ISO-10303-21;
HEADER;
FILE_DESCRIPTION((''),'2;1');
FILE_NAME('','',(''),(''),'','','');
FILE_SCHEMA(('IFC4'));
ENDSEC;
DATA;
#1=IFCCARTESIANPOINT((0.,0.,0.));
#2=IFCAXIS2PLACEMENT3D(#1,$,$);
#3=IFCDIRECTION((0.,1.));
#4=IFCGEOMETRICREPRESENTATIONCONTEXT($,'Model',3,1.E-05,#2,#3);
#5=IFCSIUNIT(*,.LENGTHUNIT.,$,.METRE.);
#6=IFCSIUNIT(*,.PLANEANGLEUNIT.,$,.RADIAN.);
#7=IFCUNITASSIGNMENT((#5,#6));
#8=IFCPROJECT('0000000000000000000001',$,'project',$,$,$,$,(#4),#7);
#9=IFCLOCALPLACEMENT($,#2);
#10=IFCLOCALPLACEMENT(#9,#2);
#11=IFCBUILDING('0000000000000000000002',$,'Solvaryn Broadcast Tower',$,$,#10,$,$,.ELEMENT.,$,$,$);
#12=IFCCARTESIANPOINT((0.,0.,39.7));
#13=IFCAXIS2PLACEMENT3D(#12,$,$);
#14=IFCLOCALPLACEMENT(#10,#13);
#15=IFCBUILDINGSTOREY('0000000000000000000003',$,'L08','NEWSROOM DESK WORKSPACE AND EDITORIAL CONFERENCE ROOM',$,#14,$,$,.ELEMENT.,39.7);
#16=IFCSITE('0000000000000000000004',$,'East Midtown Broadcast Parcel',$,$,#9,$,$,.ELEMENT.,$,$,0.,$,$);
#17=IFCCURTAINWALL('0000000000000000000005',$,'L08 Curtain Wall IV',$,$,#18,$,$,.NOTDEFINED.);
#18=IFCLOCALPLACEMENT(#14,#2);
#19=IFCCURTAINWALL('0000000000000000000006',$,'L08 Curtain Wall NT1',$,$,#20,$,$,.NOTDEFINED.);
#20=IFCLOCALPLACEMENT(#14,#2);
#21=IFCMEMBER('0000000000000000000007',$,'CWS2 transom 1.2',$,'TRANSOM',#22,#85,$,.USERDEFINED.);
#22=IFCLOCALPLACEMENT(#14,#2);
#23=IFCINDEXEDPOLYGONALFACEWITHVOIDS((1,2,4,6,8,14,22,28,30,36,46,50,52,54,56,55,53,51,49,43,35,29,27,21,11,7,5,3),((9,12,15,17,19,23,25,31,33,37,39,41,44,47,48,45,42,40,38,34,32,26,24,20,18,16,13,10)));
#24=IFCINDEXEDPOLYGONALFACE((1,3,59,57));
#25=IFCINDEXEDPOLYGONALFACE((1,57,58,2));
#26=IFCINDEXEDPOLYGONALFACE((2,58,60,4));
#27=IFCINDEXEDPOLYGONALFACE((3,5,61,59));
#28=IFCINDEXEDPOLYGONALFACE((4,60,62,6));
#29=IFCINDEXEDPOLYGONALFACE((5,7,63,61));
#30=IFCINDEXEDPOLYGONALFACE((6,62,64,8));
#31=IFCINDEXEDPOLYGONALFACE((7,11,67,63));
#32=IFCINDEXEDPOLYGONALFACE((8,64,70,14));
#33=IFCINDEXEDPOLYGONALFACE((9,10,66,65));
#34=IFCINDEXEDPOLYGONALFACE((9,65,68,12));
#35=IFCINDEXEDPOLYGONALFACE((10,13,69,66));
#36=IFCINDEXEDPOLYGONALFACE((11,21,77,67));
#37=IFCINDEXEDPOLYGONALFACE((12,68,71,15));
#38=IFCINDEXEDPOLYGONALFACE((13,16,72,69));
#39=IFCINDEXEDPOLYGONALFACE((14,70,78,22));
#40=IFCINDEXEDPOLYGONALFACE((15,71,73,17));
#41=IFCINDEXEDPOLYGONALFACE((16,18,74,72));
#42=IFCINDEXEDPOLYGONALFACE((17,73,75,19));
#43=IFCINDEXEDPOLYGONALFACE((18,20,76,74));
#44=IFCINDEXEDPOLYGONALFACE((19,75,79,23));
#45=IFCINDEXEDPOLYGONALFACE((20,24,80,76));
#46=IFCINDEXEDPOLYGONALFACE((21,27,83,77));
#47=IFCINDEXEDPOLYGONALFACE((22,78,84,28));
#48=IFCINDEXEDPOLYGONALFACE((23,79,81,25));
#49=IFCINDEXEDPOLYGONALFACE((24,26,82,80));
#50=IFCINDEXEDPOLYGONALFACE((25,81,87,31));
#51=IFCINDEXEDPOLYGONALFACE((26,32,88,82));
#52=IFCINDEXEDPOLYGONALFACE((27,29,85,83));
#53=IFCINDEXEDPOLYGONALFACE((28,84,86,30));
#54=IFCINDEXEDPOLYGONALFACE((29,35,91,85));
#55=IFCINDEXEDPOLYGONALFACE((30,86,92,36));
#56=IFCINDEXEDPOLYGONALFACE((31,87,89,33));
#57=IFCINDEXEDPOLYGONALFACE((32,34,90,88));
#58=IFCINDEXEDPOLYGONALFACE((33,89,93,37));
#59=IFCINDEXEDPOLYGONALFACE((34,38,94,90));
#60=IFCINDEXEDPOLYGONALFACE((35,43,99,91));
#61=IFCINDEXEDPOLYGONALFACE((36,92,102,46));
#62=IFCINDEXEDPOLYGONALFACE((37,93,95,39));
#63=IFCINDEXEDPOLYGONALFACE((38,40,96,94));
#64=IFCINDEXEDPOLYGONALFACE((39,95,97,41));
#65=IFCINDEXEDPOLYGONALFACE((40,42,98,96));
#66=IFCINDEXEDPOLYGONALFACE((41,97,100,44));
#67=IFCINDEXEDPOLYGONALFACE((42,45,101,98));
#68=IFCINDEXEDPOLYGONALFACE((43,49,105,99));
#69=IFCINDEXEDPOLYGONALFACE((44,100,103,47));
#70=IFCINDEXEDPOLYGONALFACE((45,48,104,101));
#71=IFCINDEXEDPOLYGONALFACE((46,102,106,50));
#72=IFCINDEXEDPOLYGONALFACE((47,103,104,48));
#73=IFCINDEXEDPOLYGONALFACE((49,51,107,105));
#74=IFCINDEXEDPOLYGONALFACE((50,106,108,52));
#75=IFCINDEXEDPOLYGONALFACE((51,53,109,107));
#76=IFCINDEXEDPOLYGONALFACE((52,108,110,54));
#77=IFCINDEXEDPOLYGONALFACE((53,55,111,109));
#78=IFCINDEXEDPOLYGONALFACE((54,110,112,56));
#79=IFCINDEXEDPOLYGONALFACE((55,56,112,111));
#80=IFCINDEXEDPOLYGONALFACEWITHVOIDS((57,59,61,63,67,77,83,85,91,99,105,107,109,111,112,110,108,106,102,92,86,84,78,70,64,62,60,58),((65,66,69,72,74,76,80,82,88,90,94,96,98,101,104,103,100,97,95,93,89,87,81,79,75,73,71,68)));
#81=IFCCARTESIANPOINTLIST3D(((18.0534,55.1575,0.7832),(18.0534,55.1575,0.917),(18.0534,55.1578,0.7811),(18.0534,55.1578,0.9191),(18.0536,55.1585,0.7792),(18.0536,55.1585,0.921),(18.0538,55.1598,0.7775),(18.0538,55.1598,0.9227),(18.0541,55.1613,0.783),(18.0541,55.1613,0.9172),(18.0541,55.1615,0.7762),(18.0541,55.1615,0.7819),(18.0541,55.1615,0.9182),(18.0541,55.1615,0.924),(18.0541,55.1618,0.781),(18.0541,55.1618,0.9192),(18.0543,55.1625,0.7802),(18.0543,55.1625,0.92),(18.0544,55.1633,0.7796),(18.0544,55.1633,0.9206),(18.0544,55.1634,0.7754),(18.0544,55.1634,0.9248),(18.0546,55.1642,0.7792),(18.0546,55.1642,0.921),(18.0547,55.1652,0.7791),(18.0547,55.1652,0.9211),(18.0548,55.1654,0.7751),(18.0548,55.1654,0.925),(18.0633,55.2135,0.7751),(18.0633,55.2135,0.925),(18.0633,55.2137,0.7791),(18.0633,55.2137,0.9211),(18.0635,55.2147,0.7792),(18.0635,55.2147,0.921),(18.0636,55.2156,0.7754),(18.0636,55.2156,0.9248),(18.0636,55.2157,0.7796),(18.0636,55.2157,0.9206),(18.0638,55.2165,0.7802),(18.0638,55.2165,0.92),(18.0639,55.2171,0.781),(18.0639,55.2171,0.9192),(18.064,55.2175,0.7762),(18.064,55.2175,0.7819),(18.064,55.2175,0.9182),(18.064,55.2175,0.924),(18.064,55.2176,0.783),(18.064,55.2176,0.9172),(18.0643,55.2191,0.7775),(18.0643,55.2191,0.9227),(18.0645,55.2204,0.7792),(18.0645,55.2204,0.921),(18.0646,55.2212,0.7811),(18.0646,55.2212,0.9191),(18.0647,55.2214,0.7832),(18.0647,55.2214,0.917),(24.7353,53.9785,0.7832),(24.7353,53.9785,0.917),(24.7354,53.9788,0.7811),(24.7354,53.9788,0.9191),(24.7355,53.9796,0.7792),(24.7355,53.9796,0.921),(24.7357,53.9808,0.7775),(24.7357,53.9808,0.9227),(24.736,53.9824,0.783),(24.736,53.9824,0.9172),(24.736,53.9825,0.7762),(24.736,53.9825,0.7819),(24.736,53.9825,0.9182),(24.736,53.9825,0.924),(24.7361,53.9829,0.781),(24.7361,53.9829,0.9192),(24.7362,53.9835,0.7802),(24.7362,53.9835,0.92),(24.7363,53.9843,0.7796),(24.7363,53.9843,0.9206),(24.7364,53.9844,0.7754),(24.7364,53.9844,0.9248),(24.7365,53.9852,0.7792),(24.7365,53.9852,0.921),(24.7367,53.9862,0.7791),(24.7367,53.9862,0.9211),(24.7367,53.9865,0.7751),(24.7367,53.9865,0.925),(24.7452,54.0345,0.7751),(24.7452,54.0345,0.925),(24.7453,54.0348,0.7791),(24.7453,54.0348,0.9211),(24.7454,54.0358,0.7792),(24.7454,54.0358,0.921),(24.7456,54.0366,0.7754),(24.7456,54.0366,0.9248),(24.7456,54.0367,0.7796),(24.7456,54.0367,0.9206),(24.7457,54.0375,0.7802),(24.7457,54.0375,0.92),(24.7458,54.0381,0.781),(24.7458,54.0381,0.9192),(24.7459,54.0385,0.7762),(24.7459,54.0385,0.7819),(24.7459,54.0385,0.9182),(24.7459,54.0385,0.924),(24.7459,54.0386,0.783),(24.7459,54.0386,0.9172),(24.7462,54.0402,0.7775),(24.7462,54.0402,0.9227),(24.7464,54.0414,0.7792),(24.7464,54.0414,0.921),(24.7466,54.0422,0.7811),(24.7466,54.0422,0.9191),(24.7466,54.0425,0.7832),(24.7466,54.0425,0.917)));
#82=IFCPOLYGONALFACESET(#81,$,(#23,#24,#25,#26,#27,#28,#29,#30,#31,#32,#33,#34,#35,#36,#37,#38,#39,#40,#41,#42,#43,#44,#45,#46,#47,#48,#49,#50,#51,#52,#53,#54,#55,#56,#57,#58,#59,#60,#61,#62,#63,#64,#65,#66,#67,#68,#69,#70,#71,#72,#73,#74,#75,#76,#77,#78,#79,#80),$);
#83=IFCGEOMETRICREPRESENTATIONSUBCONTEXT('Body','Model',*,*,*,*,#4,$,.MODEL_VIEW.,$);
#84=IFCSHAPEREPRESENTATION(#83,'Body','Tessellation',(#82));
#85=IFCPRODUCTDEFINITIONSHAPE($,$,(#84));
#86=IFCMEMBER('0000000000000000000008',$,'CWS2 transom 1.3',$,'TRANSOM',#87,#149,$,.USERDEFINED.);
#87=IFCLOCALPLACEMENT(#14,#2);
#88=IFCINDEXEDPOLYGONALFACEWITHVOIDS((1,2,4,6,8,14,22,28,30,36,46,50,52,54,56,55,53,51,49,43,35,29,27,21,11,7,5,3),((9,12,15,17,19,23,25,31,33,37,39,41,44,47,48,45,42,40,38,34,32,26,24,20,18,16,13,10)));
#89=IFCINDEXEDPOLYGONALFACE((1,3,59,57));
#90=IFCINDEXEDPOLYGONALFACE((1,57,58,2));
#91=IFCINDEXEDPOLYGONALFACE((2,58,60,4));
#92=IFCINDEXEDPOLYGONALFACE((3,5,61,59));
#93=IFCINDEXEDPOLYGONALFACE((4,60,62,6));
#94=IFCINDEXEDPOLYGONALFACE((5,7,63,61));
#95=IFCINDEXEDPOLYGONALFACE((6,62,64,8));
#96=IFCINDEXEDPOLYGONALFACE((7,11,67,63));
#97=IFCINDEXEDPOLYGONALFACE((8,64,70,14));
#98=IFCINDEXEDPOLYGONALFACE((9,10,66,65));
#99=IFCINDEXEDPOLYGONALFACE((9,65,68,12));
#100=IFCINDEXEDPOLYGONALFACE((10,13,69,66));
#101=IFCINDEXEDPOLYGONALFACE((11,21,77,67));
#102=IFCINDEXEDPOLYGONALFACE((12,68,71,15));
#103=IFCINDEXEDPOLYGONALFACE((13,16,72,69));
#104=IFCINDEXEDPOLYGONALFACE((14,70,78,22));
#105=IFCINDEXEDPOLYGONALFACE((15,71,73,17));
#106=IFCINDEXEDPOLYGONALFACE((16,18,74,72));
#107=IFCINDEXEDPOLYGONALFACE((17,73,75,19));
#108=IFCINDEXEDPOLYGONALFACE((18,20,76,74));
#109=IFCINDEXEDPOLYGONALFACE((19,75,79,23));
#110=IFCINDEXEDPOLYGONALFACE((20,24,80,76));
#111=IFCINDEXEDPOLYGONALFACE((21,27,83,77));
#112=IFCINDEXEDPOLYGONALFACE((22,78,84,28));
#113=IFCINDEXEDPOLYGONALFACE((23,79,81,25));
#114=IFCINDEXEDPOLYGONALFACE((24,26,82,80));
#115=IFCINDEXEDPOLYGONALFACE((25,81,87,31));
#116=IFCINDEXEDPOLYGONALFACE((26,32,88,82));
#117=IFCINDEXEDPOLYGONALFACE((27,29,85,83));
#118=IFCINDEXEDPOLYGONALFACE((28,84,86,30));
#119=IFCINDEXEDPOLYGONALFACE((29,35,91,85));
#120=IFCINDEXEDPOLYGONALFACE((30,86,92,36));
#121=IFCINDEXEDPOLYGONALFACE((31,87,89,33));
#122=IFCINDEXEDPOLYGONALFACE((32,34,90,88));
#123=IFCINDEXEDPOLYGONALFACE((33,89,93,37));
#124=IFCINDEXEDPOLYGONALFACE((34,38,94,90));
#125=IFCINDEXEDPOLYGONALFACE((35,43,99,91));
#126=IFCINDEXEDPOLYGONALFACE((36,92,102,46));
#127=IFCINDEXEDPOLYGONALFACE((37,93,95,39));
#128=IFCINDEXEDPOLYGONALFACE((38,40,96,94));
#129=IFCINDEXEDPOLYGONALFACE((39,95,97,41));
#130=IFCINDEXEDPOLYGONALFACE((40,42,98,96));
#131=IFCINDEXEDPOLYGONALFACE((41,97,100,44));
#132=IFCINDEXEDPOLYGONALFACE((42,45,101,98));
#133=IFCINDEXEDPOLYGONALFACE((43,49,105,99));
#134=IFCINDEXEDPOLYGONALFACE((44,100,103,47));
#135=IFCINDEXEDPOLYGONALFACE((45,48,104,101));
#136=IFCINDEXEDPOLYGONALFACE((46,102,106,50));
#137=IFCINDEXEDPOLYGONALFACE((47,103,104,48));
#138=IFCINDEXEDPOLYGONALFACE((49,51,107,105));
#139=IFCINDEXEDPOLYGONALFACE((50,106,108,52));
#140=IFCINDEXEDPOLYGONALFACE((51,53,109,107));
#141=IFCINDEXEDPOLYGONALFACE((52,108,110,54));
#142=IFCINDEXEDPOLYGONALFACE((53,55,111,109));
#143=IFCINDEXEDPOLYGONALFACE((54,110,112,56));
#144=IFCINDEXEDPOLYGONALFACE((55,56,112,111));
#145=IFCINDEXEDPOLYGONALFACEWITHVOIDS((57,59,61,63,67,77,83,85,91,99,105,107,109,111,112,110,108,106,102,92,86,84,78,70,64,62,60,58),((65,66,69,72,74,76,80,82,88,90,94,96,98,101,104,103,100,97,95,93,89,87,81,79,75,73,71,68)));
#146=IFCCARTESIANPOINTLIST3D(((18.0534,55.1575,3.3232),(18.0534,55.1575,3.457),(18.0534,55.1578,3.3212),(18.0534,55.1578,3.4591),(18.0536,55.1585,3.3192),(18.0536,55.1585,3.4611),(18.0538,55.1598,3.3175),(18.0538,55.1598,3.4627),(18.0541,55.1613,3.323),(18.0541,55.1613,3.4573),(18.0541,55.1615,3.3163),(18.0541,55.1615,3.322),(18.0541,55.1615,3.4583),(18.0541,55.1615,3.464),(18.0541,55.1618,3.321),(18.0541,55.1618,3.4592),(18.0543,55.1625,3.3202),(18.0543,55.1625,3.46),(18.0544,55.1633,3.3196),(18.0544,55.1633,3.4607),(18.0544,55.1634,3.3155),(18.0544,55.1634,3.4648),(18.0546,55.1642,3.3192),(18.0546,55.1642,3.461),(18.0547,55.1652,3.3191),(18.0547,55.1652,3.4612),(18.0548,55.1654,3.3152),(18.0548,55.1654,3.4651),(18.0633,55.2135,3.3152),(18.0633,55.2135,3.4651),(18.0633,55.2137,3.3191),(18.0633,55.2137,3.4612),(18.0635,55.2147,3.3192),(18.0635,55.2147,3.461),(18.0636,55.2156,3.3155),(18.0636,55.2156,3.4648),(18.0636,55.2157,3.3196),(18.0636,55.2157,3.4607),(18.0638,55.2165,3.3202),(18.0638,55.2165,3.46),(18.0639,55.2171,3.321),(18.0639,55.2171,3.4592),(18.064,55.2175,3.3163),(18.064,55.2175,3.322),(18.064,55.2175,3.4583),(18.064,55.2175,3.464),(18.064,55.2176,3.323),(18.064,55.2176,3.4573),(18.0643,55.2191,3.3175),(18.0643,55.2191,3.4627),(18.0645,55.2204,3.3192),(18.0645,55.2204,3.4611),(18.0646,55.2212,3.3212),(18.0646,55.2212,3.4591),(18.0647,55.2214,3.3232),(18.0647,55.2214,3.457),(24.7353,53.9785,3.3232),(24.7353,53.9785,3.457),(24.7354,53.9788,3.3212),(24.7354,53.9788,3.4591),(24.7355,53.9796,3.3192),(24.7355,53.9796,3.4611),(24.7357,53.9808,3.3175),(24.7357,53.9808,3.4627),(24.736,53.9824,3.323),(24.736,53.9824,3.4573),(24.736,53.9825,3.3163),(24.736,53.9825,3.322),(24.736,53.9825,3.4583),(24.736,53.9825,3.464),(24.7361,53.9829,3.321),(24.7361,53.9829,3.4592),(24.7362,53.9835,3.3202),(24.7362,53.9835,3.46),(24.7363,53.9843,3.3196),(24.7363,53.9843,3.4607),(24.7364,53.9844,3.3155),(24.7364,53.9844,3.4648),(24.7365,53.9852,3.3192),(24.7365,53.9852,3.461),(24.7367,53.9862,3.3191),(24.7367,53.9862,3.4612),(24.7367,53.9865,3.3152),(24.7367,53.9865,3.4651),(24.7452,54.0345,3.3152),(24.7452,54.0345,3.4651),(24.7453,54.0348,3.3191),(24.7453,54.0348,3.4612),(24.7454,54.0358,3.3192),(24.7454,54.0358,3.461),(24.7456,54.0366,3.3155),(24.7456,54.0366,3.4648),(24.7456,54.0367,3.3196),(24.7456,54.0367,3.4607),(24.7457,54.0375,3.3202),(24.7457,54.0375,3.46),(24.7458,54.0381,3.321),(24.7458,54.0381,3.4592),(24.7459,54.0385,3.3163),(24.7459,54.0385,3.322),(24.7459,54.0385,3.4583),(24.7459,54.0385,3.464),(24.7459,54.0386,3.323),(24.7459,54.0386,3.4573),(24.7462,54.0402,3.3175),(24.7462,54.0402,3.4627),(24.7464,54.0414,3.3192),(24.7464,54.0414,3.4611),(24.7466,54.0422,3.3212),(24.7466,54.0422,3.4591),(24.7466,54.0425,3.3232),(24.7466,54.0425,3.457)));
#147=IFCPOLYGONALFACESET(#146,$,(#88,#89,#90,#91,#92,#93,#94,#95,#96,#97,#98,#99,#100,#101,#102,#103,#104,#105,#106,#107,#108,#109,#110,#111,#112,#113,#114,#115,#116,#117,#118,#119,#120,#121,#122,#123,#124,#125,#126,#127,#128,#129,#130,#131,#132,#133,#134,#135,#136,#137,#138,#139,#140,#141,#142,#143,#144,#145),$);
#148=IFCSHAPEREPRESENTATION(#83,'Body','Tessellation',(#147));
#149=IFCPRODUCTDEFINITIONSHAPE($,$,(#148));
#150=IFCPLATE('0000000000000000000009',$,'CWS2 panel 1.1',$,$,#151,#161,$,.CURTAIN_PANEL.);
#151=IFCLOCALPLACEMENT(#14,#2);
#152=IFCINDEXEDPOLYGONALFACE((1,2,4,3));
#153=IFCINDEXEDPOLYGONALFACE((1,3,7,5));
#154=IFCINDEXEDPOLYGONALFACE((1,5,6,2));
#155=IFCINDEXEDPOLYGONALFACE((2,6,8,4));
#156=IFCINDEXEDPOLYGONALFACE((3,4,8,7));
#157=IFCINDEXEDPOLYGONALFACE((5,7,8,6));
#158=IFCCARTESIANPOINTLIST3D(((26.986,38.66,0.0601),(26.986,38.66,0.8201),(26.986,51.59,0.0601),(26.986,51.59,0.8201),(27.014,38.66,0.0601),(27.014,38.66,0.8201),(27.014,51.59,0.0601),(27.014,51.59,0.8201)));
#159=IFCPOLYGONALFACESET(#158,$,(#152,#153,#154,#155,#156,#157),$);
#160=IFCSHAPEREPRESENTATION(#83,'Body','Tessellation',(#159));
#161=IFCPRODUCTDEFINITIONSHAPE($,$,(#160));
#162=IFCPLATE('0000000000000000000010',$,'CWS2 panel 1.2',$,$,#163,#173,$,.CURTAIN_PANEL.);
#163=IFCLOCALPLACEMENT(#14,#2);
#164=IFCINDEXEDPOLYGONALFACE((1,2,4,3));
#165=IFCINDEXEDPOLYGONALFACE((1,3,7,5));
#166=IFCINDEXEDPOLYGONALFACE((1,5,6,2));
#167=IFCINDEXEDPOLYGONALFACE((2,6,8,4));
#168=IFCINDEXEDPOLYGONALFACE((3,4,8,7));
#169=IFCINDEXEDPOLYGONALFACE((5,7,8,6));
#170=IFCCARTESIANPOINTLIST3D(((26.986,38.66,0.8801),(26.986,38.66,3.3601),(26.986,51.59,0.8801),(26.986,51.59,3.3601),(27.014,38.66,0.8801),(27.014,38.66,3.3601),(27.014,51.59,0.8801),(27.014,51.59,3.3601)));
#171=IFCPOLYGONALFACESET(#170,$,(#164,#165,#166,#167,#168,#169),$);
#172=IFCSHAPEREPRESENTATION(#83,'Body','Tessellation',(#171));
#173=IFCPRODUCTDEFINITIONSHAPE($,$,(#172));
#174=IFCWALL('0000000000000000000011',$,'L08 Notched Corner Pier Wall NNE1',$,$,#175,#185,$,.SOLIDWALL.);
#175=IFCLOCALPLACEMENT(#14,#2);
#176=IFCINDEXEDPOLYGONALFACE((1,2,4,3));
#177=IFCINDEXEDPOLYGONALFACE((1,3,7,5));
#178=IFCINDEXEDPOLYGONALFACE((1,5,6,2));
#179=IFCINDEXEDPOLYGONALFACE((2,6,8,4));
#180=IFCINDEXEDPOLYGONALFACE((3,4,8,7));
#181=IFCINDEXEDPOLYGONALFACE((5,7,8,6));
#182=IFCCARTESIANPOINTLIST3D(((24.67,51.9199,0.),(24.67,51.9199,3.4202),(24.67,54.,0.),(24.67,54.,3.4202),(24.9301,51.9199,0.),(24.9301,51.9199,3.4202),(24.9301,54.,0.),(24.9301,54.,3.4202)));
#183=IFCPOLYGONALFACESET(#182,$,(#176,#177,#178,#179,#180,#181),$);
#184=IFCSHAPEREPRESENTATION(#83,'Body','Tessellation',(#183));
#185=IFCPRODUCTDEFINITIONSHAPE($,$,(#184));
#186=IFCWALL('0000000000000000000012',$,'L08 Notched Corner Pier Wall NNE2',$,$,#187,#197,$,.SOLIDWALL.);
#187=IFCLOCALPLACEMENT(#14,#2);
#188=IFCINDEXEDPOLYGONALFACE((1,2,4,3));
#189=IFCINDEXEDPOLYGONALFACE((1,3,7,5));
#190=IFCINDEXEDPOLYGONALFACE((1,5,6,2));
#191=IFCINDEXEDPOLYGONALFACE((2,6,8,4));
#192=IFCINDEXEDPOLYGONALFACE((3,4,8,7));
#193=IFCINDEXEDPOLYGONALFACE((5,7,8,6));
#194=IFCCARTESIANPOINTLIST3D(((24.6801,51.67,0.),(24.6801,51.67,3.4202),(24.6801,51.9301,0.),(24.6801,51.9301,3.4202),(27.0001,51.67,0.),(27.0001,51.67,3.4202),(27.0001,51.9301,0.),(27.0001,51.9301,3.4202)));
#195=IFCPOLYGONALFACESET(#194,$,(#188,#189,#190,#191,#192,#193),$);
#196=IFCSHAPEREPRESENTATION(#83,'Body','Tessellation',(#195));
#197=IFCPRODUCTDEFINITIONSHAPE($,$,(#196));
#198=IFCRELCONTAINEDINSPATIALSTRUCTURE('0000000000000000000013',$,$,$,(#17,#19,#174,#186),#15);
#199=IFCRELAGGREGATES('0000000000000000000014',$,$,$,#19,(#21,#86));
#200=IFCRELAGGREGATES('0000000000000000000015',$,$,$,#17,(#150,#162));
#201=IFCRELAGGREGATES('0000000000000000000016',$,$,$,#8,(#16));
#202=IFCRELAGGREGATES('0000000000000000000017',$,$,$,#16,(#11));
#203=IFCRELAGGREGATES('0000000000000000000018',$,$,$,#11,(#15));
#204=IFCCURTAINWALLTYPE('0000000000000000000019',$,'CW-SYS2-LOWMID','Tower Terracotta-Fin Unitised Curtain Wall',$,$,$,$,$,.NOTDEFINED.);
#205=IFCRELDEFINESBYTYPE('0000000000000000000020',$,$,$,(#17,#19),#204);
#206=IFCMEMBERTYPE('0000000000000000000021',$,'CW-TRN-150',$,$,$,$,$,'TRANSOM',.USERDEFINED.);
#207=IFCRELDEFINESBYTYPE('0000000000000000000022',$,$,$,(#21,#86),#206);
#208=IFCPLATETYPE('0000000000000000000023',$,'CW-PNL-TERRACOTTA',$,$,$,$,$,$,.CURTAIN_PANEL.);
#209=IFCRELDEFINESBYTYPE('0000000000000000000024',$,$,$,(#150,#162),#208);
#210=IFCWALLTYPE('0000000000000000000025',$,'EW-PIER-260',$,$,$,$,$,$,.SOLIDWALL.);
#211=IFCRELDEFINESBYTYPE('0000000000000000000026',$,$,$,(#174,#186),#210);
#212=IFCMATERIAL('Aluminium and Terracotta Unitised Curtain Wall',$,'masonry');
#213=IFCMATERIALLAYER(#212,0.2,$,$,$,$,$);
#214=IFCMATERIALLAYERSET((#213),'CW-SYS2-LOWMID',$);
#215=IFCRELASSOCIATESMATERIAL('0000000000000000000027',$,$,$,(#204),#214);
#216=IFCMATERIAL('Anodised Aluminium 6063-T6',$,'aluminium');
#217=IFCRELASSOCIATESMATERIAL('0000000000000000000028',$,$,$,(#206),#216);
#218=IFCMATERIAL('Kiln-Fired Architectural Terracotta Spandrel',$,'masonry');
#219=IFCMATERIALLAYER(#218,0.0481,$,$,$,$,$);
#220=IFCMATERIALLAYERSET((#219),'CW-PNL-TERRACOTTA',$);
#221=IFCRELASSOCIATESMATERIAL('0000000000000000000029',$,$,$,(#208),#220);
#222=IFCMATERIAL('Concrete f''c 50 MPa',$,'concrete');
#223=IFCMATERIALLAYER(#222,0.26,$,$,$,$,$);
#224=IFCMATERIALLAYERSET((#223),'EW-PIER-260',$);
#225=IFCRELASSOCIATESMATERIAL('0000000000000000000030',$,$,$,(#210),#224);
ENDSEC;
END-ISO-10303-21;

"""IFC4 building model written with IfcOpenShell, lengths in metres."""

from ifc_helpers import new_model, si_unit, direction, frame, frame_2d, origin, origin_2d, place, context, subcontext, project, spatial, rectangle, hollow_rectangle, extrude, material, layer, layer_set, material_profile, profile_set, type_object, element, aggregate, save


model = new_model("IFC4")

# Units and contexts
model_context = context("Model", 3, precision=1e-05, world=origin(), true_north=direction((0.0, 1.0)))
body_context = subcontext(model_context, "Body", "Model", "MODEL_VIEW")
ifc_project = project(units=[si_unit("LENGTHUNIT", "METRE"), si_unit("PLANEANGLEUNIT", "RADIAN")], contexts=[model_context])

# Site, building, storey
site_placement = place(None, origin())
site = spatial("IfcSite", under=ifc_project, at=site_placement, Name="East Midtown Broadcast Parcel", CompositionType="ELEMENT", RefElevation=0.0)
building_placement = place(site_placement, origin())
building = spatial("IfcBuilding", under=site, at=building_placement, Name="Solvaryn Broadcast Tower", CompositionType="ELEMENT")
storey_placement = place(building_placement, frame((0.0, 0.0, 39.7)))
storey = spatial("IfcBuildingStorey", under=building, at=storey_placement, Name="L08", Description="NEWSROOM DESK WORKSPACE AND EDITORIAL CONFERENCE ROOM", CompositionType="ELEMENT", Elevation=39.7)

# Curtain wall
ifc_material_1 = material(Name="Aluminium and Terracotta Unitised Curtain Wall", Category="masonry")
ifc_layer_1 = layer(ifc_material_1, 0.2)
ifc_layer_set_1 = layer_set([ifc_layer_1], Name="CW-SYS2-LOWMID")
curtain_wall_type = type_object("IfcCurtainWallType", Name="CW-SYS2-LOWMID", Description="Tower Terracotta-Fin Unitised Curtain Wall", PredefinedType="NOTDEFINED", material=ifc_layer_set_1)
curtain_wall_1_placement = place(storey_placement, origin())
curtain_wall_1 = element("IfcCurtainWall", 1, at=curtain_wall_1_placement, inside=storey, type_object=curtain_wall_type, Name="L08 Curtain Wall IV", PredefinedType="NOTDEFINED")

# Curtain wall
curtain_wall_2_placement = place(storey_placement, origin())
curtain_wall_2 = element("IfcCurtainWall", 2, at=curtain_wall_2_placement, inside=storey, type_object=curtain_wall_type, Name="L08 Curtain Wall NT1", PredefinedType="NOTDEFINED")

# Members
ifc_material_2 = material(Name="Anodised Aluminium 6063-T6", Category="aluminium")
ifc_material_profile_1 = material_profile(ifc_material_2, hollow_rectangle(XDim=0.0649, YDim=0.1499, WallThickness=0.0039, InnerFilletRadius=0.0039, OuterFilletRadius=0.0081, at=origin_2d()))
ifc_profile_set_1 = profile_set([ifc_material_profile_1], Name="Anodised Aluminium 6063-T6")
member_type_1 = type_object("IfcMemberType", Name="CW-TRN-150", ElementType="TRANSOM", PredefinedType="USERDEFINED", material=ifc_profile_set_1)
member_1_placement = place(storey_placement, frame((24.741, 54.0105, 0.8501), z_axis=(-0.984789, 0.173757, 0.0), x_axis=(-0.173757, -0.984789, 0.0)))
member_1 = element("IfcMember", 3, at=member_1_placement, type_object=member_type_1, Name="CWS2 transom 1.2", ObjectType="TRANSOM", PredefinedType="USERDEFINED", context=body_context, shape_type="SweptSolid", body=[
    extrude(hollow_rectangle(XDim=0.0649, YDim=0.1499, WallThickness=0.0039, InnerFilletRadius=0.0039, OuterFilletRadius=0.0081, at=origin_2d()), origin(), (0.0, 0.0, 1.0), 6.7852),
])
member_2_placement = place(storey_placement, frame((24.741, 54.0105, 3.3901), z_axis=(-0.984789, 0.173757, 0.0), x_axis=(-0.173757, -0.984789, 0.0)))
member_2 = element("IfcMember", 4, at=member_2_placement, type_object=member_type_1, Name="CWS2 transom 1.3", ObjectType="TRANSOM", PredefinedType="USERDEFINED", context=body_context, shape_type="SweptSolid", body=[
    extrude(hollow_rectangle(XDim=0.0649, YDim=0.1499, WallThickness=0.0039, InnerFilletRadius=0.0039, OuterFilletRadius=0.0081, at=origin_2d()), origin(), (0.0, 0.0, 1.0), 6.7852),
])
aggregate(curtain_wall_2, [member_1, member_2])

# Plates
ifc_material_3 = material(Name="Kiln-Fired Architectural Terracotta Spandrel", Category="masonry")
ifc_layer_2 = layer(ifc_material_3, 0.0481)
ifc_layer_set_2 = layer_set([ifc_layer_2], Name="CW-PNL-TERRACOTTA")
plate_type = type_object("IfcPlateType", Name="CW-PNL-TERRACOTTA", PredefinedType="CURTAIN_PANEL", material=ifc_layer_set_2)
plate_1_placement = place(storey_placement, frame((27.0, 45.125, 0.0601), z_axis=(0.0, 0.0, 1.0), x_axis=(0.0, -1.0, 0.0)))
plate_1 = element("IfcPlate", 5, at=plate_1_placement, type_object=plate_type, Name="CWS2 panel 1.1", PredefinedType="CURTAIN_PANEL", context=body_context, shape_type="SweptSolid", body=[
    extrude(rectangle(XDim=12.9299, YDim=0.0281, at=origin_2d()), origin(), (0.0, 0.0, 1.0), 0.76),
])
plate_2_placement = place(storey_placement, frame((27.0, 45.125, 0.8801), z_axis=(0.0, 0.0, 1.0), x_axis=(0.0, -1.0, 0.0)))
plate_2 = element("IfcPlate", 6, at=plate_2_placement, type_object=plate_type, Name="CWS2 panel 1.2", PredefinedType="CURTAIN_PANEL", context=body_context, shape_type="SweptSolid", body=[
    extrude(rectangle(XDim=12.9299, YDim=0.0281, at=origin_2d()), origin(), (0.0, 0.0, 1.0), 2.48),
])
aggregate(curtain_wall_1, [plate_1, plate_2])

# Walls
ifc_material_4 = material(Name="Concrete f'c 50 MPa", Category="concrete")
ifc_layer_3 = layer(ifc_material_4, 0.26)
ifc_layer_set_3 = layer_set([ifc_layer_3], Name="EW-PIER-260")
wall_type_1 = type_object("IfcWallType", Name="EW-PIER-260", PredefinedType="SOLIDWALL", material=ifc_layer_set_3)
wall_1_placement = place(storey_placement, frame((24.8, 54.0, 0.0), z_axis=(0.0, 0.0, 1.0), x_axis=(0.0, -1.0, 0.0)))
element("IfcWall", 7, at=wall_1_placement, inside=storey, type_object=wall_type_1, Name="L08 Notched Corner Pier Wall NNE1", PredefinedType="SOLIDWALL", context=body_context, shape_type="SweptSolid", body=[
    extrude(rectangle(XDim=2.0801, YDim=0.26, at=frame_2d((1.04, 0.0))), origin(), (0.0, 0.0, 1.0), 3.4202),
])
wall_2_placement = place(storey_placement, frame((24.6799, 51.8, 0.0), z_axis=(0.0, 0.0, 1.0), x_axis=(1.0, 0.0, 0.0)))
element("IfcWall", 8, at=wall_2_placement, inside=storey, type_object=wall_type_1, Name="L08 Notched Corner Pier Wall NNE2", PredefinedType="SOLIDWALL", context=body_context, shape_type="SweptSolid", body=[
    extrude(rectangle(XDim=2.3201, YDim=0.26, at=frame_2d((1.1602, 0.0))), origin(), (0.0, 0.0, 1.0), 3.4202),
])

save(model, "model.ifc")
